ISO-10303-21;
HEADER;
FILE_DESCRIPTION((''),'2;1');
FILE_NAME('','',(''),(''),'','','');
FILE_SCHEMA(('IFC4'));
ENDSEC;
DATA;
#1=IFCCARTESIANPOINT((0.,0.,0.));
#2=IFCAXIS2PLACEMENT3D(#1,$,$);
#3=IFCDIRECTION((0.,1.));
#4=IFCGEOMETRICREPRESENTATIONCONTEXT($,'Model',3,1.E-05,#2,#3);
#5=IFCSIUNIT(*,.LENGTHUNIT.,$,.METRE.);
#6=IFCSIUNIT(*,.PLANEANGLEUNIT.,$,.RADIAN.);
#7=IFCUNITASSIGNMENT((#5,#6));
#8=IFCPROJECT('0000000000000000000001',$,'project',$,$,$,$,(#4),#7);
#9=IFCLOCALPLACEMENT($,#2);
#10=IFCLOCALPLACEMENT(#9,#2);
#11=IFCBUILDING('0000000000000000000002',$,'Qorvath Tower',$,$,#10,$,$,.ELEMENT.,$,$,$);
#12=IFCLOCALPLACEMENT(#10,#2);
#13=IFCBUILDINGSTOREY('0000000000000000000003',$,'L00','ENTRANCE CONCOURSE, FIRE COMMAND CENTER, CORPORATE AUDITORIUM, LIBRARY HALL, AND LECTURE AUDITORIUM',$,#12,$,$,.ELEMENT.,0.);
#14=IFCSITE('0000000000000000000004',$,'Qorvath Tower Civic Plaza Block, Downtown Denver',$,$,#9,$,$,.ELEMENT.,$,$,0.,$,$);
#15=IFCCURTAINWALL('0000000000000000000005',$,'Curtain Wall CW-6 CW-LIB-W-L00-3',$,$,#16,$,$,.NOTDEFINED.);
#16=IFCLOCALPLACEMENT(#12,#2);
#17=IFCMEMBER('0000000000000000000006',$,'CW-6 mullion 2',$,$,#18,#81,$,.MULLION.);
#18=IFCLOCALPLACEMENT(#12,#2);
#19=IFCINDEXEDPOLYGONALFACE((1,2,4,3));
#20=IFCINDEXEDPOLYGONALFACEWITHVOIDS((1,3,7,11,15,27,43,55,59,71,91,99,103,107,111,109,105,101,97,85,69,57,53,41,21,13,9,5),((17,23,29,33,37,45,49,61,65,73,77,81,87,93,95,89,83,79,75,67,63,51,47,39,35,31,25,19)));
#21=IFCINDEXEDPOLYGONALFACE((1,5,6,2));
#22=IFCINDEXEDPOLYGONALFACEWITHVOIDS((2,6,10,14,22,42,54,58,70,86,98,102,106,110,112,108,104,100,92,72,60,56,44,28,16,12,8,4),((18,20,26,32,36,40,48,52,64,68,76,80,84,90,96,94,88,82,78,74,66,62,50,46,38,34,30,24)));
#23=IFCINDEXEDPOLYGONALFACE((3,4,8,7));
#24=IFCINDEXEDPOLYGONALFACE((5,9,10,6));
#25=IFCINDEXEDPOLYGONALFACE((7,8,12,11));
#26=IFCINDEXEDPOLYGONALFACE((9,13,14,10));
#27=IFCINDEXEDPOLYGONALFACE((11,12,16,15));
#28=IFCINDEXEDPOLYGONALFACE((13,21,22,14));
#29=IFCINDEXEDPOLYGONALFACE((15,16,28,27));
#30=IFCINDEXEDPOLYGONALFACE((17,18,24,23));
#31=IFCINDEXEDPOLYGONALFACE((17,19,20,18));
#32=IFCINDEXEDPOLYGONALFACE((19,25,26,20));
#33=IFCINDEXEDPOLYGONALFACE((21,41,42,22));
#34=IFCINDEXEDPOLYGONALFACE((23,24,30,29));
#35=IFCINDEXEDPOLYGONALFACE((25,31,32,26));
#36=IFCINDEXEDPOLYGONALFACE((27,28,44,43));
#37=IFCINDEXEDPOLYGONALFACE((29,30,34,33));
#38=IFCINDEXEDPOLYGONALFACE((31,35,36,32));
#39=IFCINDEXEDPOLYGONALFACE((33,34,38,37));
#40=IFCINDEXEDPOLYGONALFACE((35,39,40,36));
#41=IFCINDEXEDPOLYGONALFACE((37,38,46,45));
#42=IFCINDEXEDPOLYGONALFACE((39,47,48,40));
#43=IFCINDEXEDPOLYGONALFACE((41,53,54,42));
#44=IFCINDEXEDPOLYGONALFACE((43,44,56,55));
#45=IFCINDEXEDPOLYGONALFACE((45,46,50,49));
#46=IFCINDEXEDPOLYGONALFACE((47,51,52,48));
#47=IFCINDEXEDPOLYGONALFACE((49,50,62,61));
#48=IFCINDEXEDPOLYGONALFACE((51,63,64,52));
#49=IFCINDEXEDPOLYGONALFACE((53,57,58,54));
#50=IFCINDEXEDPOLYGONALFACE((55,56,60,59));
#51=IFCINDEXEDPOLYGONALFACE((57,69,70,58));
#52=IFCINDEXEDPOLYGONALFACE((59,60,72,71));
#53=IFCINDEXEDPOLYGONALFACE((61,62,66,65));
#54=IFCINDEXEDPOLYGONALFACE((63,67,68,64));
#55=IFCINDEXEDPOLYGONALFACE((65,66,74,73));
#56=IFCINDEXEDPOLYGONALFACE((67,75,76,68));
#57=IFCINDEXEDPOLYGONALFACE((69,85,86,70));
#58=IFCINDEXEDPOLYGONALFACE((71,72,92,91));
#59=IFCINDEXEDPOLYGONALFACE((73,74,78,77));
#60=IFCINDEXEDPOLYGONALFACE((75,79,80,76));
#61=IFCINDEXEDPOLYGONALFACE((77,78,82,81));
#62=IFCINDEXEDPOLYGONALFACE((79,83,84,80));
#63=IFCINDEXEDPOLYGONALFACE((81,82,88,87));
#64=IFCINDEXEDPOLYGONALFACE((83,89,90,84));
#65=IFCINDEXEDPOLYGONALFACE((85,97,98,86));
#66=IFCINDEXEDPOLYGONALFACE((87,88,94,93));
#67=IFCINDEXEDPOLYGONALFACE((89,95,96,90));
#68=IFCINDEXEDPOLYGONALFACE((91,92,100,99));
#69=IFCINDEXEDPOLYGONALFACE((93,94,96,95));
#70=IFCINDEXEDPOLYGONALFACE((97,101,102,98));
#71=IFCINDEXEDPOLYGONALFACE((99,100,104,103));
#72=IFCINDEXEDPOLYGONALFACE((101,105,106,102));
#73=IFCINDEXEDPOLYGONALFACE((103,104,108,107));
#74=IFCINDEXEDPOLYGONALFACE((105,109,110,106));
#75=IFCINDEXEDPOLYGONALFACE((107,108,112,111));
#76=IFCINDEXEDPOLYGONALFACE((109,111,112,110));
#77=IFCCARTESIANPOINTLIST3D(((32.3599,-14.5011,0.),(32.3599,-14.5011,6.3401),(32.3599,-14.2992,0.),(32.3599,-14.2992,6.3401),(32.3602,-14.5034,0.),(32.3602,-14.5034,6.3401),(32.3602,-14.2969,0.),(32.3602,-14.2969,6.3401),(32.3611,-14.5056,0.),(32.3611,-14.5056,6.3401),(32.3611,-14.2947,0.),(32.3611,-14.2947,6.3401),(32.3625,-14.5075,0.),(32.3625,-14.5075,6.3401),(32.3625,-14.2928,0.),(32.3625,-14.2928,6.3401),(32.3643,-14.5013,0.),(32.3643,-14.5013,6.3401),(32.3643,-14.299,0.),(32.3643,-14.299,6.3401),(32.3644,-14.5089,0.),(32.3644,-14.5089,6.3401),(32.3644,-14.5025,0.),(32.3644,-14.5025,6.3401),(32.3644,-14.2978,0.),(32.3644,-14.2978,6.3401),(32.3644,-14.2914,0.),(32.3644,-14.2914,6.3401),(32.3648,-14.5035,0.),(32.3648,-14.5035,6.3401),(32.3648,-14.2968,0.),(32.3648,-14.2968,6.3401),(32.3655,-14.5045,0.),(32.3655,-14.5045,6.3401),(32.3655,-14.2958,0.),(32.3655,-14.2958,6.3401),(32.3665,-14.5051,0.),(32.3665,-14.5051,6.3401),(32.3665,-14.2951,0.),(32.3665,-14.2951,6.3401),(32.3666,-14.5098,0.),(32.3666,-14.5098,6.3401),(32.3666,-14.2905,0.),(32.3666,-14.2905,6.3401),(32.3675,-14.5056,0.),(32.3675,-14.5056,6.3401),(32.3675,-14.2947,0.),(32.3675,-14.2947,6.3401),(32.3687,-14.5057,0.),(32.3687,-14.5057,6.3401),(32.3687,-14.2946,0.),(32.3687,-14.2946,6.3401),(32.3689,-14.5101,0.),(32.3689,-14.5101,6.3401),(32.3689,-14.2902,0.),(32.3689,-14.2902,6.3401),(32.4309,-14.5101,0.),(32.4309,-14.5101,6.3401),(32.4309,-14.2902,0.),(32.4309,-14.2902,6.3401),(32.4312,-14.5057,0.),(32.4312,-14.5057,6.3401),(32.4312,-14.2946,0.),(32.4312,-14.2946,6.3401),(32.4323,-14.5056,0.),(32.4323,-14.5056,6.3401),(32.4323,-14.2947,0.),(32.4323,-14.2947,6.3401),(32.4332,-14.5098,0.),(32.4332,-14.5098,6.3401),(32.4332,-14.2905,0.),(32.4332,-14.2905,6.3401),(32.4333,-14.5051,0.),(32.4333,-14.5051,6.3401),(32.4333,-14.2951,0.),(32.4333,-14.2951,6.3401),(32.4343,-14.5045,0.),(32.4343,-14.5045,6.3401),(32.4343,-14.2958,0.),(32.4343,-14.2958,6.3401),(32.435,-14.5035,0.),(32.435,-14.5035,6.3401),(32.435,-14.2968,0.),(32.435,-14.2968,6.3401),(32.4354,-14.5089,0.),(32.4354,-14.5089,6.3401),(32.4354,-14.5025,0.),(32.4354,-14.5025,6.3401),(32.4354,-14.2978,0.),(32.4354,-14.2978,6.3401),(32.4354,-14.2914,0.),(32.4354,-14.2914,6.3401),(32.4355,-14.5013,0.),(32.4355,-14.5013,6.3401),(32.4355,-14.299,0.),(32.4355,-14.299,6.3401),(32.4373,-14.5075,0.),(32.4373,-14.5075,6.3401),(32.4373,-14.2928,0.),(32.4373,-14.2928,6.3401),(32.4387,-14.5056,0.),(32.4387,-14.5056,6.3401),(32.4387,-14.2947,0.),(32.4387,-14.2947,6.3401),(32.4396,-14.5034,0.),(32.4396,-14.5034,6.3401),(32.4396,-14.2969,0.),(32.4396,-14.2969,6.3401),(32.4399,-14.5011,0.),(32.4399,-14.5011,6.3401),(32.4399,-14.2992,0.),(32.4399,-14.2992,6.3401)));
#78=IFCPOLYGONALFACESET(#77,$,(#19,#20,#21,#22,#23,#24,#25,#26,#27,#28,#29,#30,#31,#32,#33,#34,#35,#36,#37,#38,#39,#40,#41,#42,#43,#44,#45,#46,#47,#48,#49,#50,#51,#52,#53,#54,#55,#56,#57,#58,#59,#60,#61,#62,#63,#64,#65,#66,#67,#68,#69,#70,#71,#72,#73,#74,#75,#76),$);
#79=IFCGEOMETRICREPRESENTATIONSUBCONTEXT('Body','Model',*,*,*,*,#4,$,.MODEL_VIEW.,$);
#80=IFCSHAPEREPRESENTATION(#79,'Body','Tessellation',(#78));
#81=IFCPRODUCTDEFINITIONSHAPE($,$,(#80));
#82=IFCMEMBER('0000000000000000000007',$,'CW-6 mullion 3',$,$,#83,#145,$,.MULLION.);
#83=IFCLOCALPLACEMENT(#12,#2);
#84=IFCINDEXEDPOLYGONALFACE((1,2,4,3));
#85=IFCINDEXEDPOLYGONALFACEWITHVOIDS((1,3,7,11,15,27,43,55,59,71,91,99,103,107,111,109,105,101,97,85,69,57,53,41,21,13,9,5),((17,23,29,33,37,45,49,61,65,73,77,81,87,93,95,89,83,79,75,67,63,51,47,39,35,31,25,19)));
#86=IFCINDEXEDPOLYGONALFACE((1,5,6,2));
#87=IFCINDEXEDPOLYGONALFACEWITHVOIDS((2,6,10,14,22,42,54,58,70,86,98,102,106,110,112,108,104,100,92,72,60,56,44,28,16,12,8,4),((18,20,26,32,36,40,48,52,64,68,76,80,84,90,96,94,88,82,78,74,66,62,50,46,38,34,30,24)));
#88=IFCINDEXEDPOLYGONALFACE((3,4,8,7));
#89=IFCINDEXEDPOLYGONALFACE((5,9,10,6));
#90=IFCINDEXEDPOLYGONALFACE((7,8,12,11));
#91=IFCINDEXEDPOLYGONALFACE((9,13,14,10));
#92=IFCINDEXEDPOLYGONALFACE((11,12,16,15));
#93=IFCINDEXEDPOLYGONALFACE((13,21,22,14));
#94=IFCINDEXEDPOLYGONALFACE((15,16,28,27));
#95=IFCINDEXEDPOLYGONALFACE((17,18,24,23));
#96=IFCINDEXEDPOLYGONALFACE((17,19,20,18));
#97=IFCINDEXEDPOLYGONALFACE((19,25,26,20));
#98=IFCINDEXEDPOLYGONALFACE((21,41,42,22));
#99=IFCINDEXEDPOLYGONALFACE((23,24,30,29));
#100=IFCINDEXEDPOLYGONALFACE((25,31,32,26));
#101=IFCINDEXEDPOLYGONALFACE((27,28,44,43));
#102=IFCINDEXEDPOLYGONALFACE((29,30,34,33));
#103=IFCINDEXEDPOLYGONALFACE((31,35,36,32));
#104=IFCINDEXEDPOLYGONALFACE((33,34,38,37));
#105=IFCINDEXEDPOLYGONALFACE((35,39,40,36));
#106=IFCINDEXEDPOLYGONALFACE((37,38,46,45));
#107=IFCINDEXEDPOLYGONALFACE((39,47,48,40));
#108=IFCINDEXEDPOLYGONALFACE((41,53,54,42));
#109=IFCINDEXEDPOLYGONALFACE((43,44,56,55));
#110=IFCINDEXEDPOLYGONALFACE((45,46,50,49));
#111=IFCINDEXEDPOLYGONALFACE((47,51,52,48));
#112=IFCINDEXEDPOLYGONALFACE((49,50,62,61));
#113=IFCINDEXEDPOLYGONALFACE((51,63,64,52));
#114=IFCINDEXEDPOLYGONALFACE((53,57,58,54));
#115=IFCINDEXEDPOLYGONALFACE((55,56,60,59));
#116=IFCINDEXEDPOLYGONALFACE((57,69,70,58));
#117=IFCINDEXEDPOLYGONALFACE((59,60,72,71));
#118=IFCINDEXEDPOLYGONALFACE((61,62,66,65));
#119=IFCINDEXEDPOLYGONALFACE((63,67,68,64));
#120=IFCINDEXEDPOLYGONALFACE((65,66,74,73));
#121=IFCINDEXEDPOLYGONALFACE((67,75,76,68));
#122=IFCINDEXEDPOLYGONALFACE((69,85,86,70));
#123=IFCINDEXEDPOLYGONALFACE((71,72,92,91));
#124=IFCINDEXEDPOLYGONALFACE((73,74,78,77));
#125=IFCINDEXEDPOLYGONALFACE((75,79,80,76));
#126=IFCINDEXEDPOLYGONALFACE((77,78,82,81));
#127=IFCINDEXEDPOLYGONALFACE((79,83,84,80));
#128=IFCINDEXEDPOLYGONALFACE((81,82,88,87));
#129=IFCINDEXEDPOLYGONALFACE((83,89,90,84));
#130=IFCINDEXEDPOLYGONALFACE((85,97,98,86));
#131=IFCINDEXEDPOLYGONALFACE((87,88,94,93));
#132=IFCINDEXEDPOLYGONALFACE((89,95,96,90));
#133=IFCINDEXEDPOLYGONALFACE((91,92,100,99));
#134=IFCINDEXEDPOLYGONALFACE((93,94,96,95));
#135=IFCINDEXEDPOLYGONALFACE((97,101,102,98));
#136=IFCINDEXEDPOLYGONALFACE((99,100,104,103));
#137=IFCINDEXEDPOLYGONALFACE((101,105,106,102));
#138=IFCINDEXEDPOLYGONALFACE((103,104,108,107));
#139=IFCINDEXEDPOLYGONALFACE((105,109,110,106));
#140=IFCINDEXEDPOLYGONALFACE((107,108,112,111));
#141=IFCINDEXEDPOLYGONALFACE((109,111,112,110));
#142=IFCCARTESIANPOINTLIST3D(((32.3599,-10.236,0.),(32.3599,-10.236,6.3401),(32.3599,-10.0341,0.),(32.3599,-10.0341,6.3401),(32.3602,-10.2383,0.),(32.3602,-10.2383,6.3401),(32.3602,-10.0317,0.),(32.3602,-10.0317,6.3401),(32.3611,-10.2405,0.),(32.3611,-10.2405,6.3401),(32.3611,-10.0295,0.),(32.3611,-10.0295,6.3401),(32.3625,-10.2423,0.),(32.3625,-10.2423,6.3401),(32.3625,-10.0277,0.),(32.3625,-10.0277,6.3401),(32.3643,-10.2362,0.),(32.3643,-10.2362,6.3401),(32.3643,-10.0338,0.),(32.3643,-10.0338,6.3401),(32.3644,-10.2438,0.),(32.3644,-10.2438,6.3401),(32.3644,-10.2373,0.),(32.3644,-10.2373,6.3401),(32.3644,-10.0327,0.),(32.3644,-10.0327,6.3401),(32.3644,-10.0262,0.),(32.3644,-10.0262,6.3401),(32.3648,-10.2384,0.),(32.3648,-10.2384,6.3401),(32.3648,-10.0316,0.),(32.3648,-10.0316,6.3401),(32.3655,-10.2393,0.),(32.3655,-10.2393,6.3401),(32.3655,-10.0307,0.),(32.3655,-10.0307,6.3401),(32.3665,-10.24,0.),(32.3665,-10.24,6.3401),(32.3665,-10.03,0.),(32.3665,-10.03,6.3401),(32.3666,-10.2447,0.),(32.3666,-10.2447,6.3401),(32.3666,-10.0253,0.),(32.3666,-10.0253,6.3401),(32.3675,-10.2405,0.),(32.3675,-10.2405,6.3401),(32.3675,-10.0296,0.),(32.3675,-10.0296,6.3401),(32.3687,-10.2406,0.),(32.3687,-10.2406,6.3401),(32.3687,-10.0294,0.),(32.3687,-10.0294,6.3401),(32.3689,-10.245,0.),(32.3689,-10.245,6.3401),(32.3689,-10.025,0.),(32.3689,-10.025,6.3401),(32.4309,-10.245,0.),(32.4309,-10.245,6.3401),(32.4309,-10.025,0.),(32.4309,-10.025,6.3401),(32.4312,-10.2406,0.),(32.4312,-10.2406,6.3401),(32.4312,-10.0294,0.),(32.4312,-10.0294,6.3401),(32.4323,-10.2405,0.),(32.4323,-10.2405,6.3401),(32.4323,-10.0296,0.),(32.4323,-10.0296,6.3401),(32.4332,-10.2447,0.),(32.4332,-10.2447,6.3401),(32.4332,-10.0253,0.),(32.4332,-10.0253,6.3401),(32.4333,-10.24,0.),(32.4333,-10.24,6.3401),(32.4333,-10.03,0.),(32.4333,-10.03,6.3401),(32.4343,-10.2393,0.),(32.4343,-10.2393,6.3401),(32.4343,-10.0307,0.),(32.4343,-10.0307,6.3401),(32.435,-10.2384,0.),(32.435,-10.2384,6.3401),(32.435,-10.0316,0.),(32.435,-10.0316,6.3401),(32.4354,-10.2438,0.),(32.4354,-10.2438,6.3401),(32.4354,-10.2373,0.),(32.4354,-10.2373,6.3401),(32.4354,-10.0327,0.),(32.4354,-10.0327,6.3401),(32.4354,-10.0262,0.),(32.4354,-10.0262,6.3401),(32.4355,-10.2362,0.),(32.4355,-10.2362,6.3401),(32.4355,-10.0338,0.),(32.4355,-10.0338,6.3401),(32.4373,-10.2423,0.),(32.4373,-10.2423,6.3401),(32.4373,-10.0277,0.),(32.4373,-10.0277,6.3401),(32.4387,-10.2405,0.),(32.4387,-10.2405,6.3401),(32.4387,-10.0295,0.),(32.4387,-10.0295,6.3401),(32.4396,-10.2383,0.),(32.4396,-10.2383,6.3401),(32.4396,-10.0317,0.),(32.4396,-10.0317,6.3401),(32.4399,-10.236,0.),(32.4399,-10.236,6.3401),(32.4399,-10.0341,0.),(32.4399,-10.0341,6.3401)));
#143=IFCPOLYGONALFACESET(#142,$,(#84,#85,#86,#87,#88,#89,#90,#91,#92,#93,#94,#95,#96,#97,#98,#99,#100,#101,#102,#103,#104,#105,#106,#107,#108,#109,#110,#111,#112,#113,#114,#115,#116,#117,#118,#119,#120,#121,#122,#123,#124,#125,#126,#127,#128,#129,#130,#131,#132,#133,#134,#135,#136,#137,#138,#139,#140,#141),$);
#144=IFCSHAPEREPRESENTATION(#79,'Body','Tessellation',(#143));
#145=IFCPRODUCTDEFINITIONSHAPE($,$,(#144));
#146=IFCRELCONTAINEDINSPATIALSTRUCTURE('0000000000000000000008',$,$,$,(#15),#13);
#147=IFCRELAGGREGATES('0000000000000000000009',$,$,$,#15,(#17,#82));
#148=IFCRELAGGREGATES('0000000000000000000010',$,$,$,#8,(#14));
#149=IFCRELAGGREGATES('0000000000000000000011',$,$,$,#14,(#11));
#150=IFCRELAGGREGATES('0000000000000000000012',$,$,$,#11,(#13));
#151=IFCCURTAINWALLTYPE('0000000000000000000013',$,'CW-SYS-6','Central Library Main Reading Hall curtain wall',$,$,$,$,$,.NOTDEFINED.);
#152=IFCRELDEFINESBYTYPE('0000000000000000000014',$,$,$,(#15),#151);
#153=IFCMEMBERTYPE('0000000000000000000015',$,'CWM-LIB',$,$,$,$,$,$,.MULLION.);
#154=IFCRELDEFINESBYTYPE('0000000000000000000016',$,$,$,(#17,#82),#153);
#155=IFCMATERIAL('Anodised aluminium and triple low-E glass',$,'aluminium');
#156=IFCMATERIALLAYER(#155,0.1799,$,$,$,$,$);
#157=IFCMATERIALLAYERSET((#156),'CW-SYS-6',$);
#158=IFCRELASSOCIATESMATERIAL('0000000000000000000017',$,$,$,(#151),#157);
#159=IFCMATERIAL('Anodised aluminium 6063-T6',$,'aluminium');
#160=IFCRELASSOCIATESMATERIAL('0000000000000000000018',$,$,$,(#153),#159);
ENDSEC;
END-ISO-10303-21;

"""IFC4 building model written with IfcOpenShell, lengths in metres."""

from ifc_helpers import new_model, si_unit, direction, frame, origin, origin_2d, place, context, subcontext, project, spatial, hollow_rectangle, extrude, material, layer, layer_set, material_profile, profile_set, type_object, element, aggregate, save


model = new_model("IFC4")

# Units and contexts
model_context = context("Model", 3, precision=1e-05, world=origin(), true_north=direction((0.0, 1.0)))
body_context = subcontext(model_context, "Body", "Model", "MODEL_VIEW")
ifc_project = project(units=[si_unit("LENGTHUNIT", "METRE"), si_unit("PLANEANGLEUNIT", "RADIAN")], contexts=[model_context])

# Site, building, storey
site_placement = place(None, origin())
site = spatial("IfcSite", under=ifc_project, at=site_placement, Name="Qorvath Tower Civic Plaza Block, Downtown Denver", CompositionType="ELEMENT", RefElevation=0.0)
building_placement = place(site_placement, origin())
building = spatial("IfcBuilding", under=site, at=building_placement, Name="Qorvath Tower", CompositionType="ELEMENT")
storey_placement = place(building_placement, origin())
storey = spatial("IfcBuildingStorey", under=building, at=storey_placement, Name="L00", Description="ENTRANCE CONCOURSE, FIRE COMMAND CENTER, CORPORATE AUDITORIUM, LIBRARY HALL, AND LECTURE AUDITORIUM", CompositionType="ELEMENT", Elevation=0.0)

# Curtain wall, members
ifc_material_1 = material(Name="Anodised aluminium and triple low-E glass", Category="aluminium")
ifc_layer_1 = layer(ifc_material_1, 0.1799)
ifc_layer_set_1 = layer_set([ifc_layer_1], Name="CW-SYS-6")
curtain_wall_type = type_object("IfcCurtainWallType", Name="CW-SYS-6", Description="Central Library Main Reading Hall curtain wall", PredefinedType="NOTDEFINED", material=ifc_layer_set_1)
curtain_wall_placement = place(storey_placement, origin())
curtain_wall = element("IfcCurtainWall", 1, at=curtain_wall_placement, inside=storey, type_object=curtain_wall_type, Name="Curtain Wall CW-6 CW-LIB-W-L00-3", PredefinedType="NOTDEFINED")
ifc_material_2 = material(Name="Anodised aluminium 6063-T6", Category="aluminium")
ifc_material_profile_1 = material_profile(ifc_material_2, hollow_rectangle(XDim=0.0801, YDim=0.22, WallThickness=0.0044, InnerFilletRadius=0.0044, OuterFilletRadius=0.009, at=origin_2d()), Name="CWM LIB 220x80")
ifc_profile_set_1 = profile_set([ifc_material_profile_1], Name="Anodised aluminium 6063-T6")
member_type_1 = type_object("IfcMemberType", Name="CWM-LIB", PredefinedType="MULLION", material=ifc_profile_set_1)
member_1_placement = place(storey_placement, frame((32.3999, -14.4001, 0.0), z_axis=(0.0, 0.0, 1.0), x_axis=(-1.0, 0.0, 0.0)))
member_1 = element("IfcMember", 2, at=member_1_placement, type_object=member_type_1, Name="CW-6 mullion 2", PredefinedType="MULLION", context=body_context, shape_type="SweptSolid", body=[
    extrude(hollow_rectangle(XDim=0.0801, YDim=0.22, WallThickness=0.0044, InnerFilletRadius=0.0044, OuterFilletRadius=0.009, at=origin_2d()), origin(), (0.0, 0.0, 1.0), 6.3401),
])
member_2_placement = place(storey_placement, frame((32.3999, -10.135, 0.0), z_axis=(0.0, 0.0, 1.0), x_axis=(-1.0, 0.0, 0.0)))
member_2 = element("IfcMember", 3, at=member_2_placement, type_object=member_type_1, Name="CW-6 mullion 3", PredefinedType="MULLION", context=body_context, shape_type="SweptSolid", body=[
    extrude(hollow_rectangle(XDim=0.0801, YDim=0.22, WallThickness=0.0044, InnerFilletRadius=0.0044, OuterFilletRadius=0.009, at=origin_2d()), origin(), (0.0, 0.0, 1.0), 6.3401),
])

aggregate(curtain_wall, [member_1, member_2])

save(model, "model.ifc")
